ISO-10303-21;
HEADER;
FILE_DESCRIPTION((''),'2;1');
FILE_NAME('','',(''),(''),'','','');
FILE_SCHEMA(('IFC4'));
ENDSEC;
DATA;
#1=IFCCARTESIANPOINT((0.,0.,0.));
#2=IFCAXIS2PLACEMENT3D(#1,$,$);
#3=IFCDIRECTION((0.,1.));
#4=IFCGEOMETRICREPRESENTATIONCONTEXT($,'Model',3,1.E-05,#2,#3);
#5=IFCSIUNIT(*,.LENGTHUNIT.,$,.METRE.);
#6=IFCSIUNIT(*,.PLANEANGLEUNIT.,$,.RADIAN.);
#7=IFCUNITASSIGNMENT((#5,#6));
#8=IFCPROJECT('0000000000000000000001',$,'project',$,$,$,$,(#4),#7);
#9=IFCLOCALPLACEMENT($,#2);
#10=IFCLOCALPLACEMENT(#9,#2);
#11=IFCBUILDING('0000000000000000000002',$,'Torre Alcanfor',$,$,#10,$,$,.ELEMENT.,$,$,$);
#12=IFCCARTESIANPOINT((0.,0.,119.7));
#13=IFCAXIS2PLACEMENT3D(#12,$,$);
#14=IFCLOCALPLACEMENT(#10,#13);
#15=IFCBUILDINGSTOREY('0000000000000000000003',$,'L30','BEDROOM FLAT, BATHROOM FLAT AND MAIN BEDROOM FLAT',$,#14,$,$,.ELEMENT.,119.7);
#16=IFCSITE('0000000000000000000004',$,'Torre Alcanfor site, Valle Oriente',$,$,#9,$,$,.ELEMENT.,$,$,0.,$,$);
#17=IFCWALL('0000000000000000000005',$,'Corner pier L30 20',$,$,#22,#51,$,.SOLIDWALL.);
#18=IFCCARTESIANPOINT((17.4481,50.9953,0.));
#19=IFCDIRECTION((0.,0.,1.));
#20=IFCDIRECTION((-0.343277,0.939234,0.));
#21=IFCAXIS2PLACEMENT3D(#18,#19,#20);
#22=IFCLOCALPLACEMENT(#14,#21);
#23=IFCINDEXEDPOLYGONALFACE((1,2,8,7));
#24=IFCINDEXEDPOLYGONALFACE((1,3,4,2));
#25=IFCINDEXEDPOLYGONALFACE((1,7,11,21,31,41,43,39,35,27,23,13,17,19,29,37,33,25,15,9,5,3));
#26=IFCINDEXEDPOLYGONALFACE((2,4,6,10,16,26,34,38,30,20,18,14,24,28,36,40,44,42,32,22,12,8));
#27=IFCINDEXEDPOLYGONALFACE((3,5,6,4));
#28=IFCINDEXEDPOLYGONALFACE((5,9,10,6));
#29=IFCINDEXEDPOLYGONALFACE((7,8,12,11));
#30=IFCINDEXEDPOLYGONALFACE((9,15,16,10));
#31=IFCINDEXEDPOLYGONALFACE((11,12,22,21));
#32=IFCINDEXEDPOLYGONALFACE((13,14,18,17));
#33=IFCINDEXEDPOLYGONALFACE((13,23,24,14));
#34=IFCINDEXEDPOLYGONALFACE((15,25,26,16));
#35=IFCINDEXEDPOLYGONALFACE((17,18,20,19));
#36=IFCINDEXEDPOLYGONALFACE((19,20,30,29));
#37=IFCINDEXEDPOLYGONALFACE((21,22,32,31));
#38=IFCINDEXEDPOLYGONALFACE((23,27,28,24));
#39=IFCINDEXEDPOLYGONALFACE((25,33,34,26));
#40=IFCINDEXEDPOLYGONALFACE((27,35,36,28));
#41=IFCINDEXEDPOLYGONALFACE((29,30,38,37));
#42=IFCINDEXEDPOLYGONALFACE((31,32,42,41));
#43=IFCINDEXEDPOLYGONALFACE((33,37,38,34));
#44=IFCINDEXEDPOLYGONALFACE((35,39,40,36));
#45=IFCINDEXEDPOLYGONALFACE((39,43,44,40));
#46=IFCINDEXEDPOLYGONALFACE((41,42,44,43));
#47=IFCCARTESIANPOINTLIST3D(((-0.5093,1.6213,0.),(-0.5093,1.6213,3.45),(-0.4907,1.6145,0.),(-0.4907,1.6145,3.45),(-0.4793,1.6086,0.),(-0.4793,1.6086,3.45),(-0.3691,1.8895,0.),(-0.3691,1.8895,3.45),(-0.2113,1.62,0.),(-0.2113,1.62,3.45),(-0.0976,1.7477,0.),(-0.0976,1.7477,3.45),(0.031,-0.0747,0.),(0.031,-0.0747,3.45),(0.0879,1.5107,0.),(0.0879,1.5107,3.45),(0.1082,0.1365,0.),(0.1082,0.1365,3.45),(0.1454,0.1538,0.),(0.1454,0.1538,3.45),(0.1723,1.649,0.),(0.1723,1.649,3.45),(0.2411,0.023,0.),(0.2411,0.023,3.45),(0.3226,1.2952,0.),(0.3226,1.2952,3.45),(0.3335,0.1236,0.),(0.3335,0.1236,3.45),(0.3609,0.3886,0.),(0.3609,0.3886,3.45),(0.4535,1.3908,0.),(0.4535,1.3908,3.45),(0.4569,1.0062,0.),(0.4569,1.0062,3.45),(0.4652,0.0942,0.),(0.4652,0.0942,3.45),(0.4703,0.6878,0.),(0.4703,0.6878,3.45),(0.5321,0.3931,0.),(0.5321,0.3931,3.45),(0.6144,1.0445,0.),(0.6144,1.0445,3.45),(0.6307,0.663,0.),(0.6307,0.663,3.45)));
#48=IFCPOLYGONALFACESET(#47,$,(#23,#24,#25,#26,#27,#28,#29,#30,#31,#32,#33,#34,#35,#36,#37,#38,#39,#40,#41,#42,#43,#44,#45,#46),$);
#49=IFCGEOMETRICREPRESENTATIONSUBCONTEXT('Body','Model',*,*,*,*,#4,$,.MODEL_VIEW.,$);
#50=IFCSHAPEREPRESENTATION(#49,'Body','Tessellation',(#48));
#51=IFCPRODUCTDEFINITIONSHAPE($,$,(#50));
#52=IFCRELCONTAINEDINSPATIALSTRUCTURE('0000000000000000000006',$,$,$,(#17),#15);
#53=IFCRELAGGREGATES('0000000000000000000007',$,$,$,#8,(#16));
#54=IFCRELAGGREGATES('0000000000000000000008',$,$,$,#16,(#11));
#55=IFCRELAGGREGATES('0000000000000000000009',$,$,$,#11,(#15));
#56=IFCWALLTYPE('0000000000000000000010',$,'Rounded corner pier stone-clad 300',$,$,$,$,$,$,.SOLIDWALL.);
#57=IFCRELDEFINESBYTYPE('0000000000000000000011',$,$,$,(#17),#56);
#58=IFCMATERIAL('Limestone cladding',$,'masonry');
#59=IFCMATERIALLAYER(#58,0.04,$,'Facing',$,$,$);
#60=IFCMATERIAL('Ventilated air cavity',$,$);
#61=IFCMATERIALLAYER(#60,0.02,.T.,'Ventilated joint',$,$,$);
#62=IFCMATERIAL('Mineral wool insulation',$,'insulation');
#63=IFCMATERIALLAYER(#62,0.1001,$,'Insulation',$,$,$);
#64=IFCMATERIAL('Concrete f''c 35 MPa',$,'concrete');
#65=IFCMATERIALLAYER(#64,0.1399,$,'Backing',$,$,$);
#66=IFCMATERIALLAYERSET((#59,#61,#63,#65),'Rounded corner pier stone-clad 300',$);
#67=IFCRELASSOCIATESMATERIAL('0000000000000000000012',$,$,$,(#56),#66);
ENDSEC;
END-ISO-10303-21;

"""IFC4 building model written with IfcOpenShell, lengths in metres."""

from ifc_helpers import new_model, si_unit, direction, frame, origin, place, context, subcontext, project, spatial, polyline, outline, extrude, material, layer, layer_set, type_object, element, save


model = new_model("IFC4")

# Units and contexts
model_context = context("Model", 3, precision=1e-05, world=origin(), true_north=direction((0.0, 1.0)))
body_context = subcontext(model_context, "Body", "Model", "MODEL_VIEW")
ifc_project = project(units=[si_unit("LENGTHUNIT", "METRE"), si_unit("PLANEANGLEUNIT", "RADIAN")], contexts=[model_context])

# Site, building, storey
site_placement = place(None, origin())
site = spatial("IfcSite", under=ifc_project, at=site_placement, Name="Torre Alcanfor site, Valle Oriente", CompositionType="ELEMENT", RefElevation=0.0)
building_placement = place(site_placement, origin())
building = spatial("IfcBuilding", under=site, at=building_placement, Name="Torre Alcanfor", CompositionType="ELEMENT")
storey_placement = place(building_placement, frame((0.0, 0.0, 119.7)))
storey = spatial("IfcBuildingStorey", under=building, at=storey_placement, Name="L30", Description="BEDROOM FLAT, BATHROOM FLAT AND MAIN BEDROOM FLAT", CompositionType="ELEMENT", Elevation=119.7)

# Shared definitions
ifc_material_1 = material(Name="Limestone cladding", Category="masonry")
ifc_material_2 = material(Name="Ventilated air cavity")
ifc_material_3 = material(Name="Mineral wool insulation", Category="insulation")
ifc_material_4 = material(Name="Concrete f'c 35 MPa", Category="concrete")

# Wall
ifc_layer_1 = layer(ifc_material_1, 0.04, Name="Facing")
ifc_layer_2 = layer(ifc_material_2, 0.02, ventilated=True, Name="Ventilated joint")
ifc_layer_3 = layer(ifc_material_3, 0.1001, Name="Insulation")
ifc_layer_4 = layer(ifc_material_4, 0.1399, Name="Backing")
ifc_layer_set_1 = layer_set([ifc_layer_1, ifc_layer_2, ifc_layer_3, ifc_layer_4], Name="Rounded corner pier stone-clad 300")
wall_type_1 = type_object("IfcWallType", Name="Rounded corner pier stone-clad 300", PredefinedType="SOLIDWALL", material=ifc_layer_set_1)
wall_1_placement = place(storey_placement, frame((17.4481, 50.9953, 0.0), z_axis=(0.0, 0.0, 1.0), x_axis=(-0.343277, 0.939234, 0.0)))
element("IfcWall", 1, at=wall_1_placement, inside=storey, type_object=wall_type_1, Name="Corner pier L30 20", PredefinedType="SOLIDWALL", context=body_context, shape_type="SweptSolid", body=[
    extrude(outline(polyline([(0.2411, 0.023), (0.3335, 0.1236), (0.4652, 0.0942), (0.5321, 0.3931), (0.6307, 0.663), (0.6144, 1.0445), (0.4535, 1.3908), (0.1723, 1.649), (-0.0976, 1.7477), (-0.3691, 1.8895), (-0.5093, 1.6213), (-0.4907, 1.6145), (-0.4793, 1.6086), (-0.2113, 1.62), (0.0879, 1.5107), (0.3226, 1.2952), (0.4569, 1.0062), (0.4703, 0.6878), (0.3609, 0.3886), (0.1454, 0.1538), (0.1082, 0.1365), (0.031, -0.0747), (0.2411, 0.023)])), origin(), (0.0, 0.0, 1.0), 3.45),
])

save(model, "model.ifc")
